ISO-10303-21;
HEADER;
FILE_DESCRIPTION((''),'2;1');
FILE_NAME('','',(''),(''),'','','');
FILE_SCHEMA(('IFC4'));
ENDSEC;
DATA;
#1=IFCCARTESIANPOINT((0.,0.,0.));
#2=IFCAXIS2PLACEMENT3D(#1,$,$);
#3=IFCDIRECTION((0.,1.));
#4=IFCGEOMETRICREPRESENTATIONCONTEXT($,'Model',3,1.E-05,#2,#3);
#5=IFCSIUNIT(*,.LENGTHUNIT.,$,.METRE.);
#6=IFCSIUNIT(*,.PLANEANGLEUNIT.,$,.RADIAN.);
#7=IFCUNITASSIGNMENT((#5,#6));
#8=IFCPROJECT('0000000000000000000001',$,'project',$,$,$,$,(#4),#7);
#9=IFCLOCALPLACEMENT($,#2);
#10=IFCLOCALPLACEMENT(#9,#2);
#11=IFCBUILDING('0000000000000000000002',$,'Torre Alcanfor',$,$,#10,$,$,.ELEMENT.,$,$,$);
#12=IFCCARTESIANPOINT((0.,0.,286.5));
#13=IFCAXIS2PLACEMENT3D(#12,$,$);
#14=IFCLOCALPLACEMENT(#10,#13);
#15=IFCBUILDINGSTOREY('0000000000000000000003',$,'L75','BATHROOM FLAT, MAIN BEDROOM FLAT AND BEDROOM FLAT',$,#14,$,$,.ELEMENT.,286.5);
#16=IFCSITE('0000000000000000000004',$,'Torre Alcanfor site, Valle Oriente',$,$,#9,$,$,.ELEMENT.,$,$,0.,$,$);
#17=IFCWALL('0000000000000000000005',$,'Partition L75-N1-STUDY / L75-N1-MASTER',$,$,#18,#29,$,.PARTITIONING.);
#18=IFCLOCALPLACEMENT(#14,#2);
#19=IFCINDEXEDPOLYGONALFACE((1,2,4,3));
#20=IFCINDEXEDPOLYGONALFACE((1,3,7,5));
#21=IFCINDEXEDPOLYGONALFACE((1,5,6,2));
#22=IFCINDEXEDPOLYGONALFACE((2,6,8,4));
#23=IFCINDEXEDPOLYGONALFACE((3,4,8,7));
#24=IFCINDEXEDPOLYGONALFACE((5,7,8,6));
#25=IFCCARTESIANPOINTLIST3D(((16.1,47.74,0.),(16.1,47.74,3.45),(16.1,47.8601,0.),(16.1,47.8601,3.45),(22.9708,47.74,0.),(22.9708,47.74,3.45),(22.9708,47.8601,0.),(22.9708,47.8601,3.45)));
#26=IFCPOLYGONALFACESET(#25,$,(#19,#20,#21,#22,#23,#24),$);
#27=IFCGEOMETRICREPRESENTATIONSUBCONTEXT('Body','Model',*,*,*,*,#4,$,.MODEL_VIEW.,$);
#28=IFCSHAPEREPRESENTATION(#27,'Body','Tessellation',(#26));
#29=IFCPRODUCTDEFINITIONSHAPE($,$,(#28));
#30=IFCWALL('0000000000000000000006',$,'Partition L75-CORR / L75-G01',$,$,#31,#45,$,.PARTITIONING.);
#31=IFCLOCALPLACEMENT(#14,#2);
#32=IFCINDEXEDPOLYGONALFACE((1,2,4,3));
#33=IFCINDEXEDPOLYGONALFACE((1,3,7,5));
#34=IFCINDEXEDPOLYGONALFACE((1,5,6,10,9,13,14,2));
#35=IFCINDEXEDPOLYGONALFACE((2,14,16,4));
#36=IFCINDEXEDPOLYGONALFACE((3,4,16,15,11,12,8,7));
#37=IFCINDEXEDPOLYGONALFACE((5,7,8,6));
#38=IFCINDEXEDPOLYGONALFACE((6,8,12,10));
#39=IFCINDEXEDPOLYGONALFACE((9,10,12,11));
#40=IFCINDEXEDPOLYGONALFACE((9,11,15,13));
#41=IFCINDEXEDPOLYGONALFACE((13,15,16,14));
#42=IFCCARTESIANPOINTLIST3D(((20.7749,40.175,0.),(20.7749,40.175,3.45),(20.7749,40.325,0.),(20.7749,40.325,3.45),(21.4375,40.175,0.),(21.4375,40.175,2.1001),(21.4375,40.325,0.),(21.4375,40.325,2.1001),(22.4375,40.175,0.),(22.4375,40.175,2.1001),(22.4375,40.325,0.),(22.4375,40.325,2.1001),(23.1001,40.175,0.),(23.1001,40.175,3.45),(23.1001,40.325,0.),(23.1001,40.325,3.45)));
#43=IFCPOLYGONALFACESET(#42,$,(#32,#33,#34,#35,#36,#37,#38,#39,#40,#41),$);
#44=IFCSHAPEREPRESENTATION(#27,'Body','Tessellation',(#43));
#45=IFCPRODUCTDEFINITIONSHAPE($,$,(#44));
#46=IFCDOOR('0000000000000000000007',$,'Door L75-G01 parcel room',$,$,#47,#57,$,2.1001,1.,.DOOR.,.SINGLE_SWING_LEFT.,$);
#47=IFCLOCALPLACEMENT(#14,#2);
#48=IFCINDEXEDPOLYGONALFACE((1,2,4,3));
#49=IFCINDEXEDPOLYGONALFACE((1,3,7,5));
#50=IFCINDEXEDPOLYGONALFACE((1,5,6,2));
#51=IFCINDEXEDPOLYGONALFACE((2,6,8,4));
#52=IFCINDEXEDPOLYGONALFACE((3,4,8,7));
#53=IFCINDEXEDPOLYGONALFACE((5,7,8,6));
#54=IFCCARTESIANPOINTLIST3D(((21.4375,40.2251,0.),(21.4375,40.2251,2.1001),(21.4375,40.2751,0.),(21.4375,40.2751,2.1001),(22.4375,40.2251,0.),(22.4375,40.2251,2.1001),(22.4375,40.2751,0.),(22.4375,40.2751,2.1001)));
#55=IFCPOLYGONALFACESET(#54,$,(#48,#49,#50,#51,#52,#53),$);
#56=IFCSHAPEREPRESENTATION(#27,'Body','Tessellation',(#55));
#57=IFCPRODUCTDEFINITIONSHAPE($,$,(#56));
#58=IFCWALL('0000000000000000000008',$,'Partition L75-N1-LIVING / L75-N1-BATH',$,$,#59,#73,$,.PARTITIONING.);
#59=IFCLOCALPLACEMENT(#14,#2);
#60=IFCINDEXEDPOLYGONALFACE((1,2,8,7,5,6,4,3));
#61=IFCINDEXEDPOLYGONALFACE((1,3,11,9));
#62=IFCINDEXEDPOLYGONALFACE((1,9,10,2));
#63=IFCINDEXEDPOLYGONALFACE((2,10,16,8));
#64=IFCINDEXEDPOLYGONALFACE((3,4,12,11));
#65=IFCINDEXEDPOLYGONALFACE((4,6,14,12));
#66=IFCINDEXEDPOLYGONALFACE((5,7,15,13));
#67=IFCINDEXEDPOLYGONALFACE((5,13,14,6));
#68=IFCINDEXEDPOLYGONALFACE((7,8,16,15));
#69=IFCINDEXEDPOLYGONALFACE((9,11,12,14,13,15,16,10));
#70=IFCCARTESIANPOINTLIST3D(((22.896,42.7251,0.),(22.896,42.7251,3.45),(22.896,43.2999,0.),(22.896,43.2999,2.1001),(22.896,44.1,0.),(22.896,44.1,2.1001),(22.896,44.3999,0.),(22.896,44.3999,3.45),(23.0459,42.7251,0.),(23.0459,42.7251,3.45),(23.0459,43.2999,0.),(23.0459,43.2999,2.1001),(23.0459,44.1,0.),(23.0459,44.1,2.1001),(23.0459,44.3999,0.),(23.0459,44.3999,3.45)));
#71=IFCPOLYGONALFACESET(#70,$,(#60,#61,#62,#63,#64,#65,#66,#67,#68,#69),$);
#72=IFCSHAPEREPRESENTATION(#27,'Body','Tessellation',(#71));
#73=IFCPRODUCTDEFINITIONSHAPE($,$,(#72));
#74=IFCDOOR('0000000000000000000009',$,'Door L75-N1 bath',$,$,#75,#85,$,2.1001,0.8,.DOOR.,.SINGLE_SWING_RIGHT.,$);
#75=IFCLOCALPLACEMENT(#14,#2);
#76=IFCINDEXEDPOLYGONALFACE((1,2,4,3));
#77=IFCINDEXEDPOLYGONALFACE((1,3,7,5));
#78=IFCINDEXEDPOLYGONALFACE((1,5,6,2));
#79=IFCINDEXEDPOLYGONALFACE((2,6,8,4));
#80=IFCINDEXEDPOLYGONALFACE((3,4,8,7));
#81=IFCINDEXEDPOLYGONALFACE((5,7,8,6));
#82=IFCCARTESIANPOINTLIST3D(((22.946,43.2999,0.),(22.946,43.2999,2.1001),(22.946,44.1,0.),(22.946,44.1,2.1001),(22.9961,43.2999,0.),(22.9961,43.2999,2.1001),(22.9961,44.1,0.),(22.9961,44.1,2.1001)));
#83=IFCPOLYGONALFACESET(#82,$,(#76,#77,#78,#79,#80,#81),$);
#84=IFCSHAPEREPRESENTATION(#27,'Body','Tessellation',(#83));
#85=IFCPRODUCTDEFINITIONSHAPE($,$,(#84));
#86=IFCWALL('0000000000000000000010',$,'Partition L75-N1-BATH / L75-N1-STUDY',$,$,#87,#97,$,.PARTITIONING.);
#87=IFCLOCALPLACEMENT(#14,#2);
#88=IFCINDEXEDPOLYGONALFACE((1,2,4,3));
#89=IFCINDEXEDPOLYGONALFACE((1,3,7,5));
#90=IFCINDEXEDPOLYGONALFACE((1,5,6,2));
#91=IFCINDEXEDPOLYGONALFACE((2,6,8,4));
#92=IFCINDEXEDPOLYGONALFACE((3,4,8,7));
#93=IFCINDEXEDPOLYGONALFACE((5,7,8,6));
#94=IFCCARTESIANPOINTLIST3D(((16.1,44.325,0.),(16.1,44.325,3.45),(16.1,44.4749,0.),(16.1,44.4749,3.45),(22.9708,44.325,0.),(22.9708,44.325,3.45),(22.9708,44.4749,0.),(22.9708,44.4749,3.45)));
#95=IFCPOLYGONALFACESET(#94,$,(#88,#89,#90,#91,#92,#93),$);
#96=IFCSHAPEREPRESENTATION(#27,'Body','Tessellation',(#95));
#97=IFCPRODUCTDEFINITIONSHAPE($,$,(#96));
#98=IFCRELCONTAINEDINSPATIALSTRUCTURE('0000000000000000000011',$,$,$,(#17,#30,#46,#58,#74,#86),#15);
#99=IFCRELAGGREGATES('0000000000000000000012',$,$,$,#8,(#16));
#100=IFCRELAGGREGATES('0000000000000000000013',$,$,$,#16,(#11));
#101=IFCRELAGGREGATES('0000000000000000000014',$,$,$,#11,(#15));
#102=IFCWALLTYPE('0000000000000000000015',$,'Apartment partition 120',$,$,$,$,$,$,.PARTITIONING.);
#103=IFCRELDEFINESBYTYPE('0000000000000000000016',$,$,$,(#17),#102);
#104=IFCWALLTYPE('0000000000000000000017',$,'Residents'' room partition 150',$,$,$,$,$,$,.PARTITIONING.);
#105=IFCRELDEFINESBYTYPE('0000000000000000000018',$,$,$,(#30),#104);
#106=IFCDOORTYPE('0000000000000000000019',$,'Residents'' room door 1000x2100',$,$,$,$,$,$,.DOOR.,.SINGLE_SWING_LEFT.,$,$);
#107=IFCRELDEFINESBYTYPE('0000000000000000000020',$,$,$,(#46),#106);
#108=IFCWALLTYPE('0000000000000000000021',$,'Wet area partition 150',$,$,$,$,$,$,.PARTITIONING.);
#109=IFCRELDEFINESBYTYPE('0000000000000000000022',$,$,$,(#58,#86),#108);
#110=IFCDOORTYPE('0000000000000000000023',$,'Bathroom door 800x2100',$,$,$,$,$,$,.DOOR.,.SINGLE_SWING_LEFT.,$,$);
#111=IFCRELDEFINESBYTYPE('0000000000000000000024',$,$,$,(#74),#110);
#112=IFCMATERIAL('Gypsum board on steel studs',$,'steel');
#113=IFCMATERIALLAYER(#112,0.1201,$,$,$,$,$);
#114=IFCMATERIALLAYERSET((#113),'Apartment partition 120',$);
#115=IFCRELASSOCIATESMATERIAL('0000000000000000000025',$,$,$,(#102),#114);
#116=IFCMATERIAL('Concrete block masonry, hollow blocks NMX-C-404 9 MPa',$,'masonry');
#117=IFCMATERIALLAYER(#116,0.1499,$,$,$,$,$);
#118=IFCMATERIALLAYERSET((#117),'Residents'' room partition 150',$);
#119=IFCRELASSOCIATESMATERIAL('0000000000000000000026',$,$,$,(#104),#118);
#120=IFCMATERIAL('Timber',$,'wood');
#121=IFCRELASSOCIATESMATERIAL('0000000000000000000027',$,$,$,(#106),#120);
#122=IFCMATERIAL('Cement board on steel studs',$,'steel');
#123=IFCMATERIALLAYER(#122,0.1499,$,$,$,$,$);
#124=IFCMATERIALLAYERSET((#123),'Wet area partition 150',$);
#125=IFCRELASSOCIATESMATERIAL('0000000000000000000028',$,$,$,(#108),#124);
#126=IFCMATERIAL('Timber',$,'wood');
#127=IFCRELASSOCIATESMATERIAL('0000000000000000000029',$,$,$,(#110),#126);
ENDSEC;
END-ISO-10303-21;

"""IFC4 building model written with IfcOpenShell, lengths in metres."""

from ifc_helpers import new_model, si_unit, direction, frame, frame_2d, origin, place, context, subcontext, project, spatial, rectangle, extrude, material, layer, layer_set, type_object, element, fill, save


model = new_model("IFC4")

# Units and contexts
model_context = context("Model", 3, precision=1e-05, world=origin(), true_north=direction((0.0, 1.0)))
body_context = subcontext(model_context, "Body", "Model", "MODEL_VIEW")
ifc_project = project(units=[si_unit("LENGTHUNIT", "METRE"), si_unit("PLANEANGLEUNIT", "RADIAN")], contexts=[model_context])

# Site, building, storey
site_placement = place(None, origin())
site = spatial("IfcSite", under=ifc_project, at=site_placement, Name="Torre Alcanfor site, Valle Oriente", CompositionType="ELEMENT", RefElevation=0.0)
building_placement = place(site_placement, origin())
building = spatial("IfcBuilding", under=site, at=building_placement, Name="Torre Alcanfor", CompositionType="ELEMENT")
storey_placement = place(building_placement, frame((0.0, 0.0, 286.5)))
storey = spatial("IfcBuildingStorey", under=building, at=storey_placement, Name="L75", Description="BATHROOM FLAT, MAIN BEDROOM FLAT AND BEDROOM FLAT", CompositionType="ELEMENT", Elevation=286.5)

# Shared definitions
ifc_material_1 = material(Name="Gypsum board on steel studs", Category="steel")
ifc_layer_1 = layer(ifc_material_1, 0.1201)
ifc_layer_set_1 = layer_set([ifc_layer_1], Name="Apartment partition 120")
wall_type_1 = type_object("IfcWallType", Name="Apartment partition 120", PredefinedType="PARTITIONING", material=ifc_layer_set_1)

# Wall
wall_1_placement = place(storey_placement, frame((22.9709, 47.8, 0.0), z_axis=(0.0, 0.0, 1.0), x_axis=(-1.0, 0.0, 0.0)))
element("IfcWall", 1, at=wall_1_placement, inside=storey, type_object=wall_type_1, Name="Partition L75-N1-STUDY / L75-N1-MASTER", PredefinedType="PARTITIONING", context=body_context, shape_type="SweptSolid", body=[
    extrude(rectangle(XDim=6.8708, YDim=0.1201, at=frame_2d((3.4355, 0.0))), origin(), (0.0, 0.0, 1.0), 3.45),
])

# Walls, openings, doors
ifc_material_2 = material(Name="Concrete block masonry, hollow blocks NMX-C-404 9 MPa", Category="masonry")
ifc_layer_2 = layer(ifc_material_2, 0.1499)
ifc_layer_set_2 = layer_set([ifc_layer_2], Name="Residents' room partition 150")
wall_type_2 = type_object("IfcWallType", Name="Residents' room partition 150", PredefinedType="PARTITIONING", material=ifc_layer_set_2)
wall_2_placement = place(storey_placement, frame((23.1001, 40.25, 0.0), z_axis=(0.0, 0.0, 1.0), x_axis=(-1.0, 0.0, 0.0)))
wall_2 = element("IfcWall", 2, at=wall_2_placement, inside=storey, type_object=wall_type_2, Name="Partition L75-CORR / L75-G01", PredefinedType="PARTITIONING", context=body_context, shape_type="SweptSolid", body=[
    extrude(rectangle(XDim=2.3252, YDim=0.1499, at=frame_2d((1.1626, 0.0))), origin(), (0.0, 0.0, 1.0), 3.45),
])
opening_1_placement = place(wall_2_placement, frame((0.6626, 0.0, 0.0)))
opening_1 = element("IfcOpeningElement", 3, at=opening_1_placement, cuts=wall_2, PredefinedType="OPENING", context=body_context, shape_type="SweptSolid", body=[
    extrude(rectangle(XDim=1.0, YDim=2.1001, at=frame_2d((0.5, 1.05))), frame((0.0, 0.085, 0.0), z_axis=(0.0, -1.0, 0.0), x_axis=(1.0, 0.0, 0.0)), (0.0, 0.0, 1.0), 0.1699),
])
ifc_material_3 = material(Name="Timber", Category="wood")
door_type_1 = type_object("IfcDoorType", Name="Residents' room door 1000x2100", OperationType="SINGLE_SWING_LEFT", PredefinedType="DOOR", material=ifc_material_3)
door_1_placement = place(opening_1_placement, origin())
door_1 = element("IfcDoor", 4, at=door_1_placement, inside=storey, type_object=door_type_1, Name="Door L75-G01 parcel room", OperationType="SINGLE_SWING_LEFT", OverallHeight=2.1001, OverallWidth=1.0, PredefinedType="DOOR", context=body_context, shape_type="SweptSolid", body=[
    extrude(rectangle(XDim=1.0, YDim=2.1001, at=frame_2d((0.5, 1.05))), frame((0.0, 0.0249, 0.0), z_axis=(0.0, -1.0, 0.0), x_axis=(1.0, 0.0, 0.0)), (0.0, 0.0, 1.0), 0.05),
])
fill(opening_1, door_1)
ifc_material_4 = material(Name="Cement board on steel studs", Category="steel")
ifc_layer_3 = layer(ifc_material_4, 0.1499)
ifc_layer_set_3 = layer_set([ifc_layer_3], Name="Wet area partition 150")
wall_type_3 = type_object("IfcWallType", Name="Wet area partition 150", PredefinedType="PARTITIONING", material=ifc_layer_set_3)
wall_3_placement = place(storey_placement, frame((22.9709, 42.7251, 0.0), z_axis=(0.0, 0.0, 1.0), x_axis=(0.0, 1.0, 0.0)))
wall_3 = element("IfcWall", 5, at=wall_3_placement, inside=storey, type_object=wall_type_3, Name="Partition L75-N1-LIVING / L75-N1-BATH", PredefinedType="PARTITIONING", context=body_context, shape_type="SweptSolid", body=[
    extrude(rectangle(XDim=1.6748, YDim=0.1499, at=frame_2d((0.8374, 0.0))), origin(), (0.0, 0.0, 1.0), 3.45),
])
opening_2_placement = place(wall_3_placement, frame((0.575, 0.0, 0.0)))
opening_2 = element("IfcOpeningElement", 6, at=opening_2_placement, cuts=wall_3, PredefinedType="OPENING", context=body_context, shape_type="SweptSolid", body=[
    extrude(rectangle(XDim=0.8, YDim=2.1001, at=frame_2d((0.3999, 1.05))), frame((0.0, 0.085, 0.0), z_axis=(0.0, -1.0, 0.0), x_axis=(1.0, 0.0, 0.0)), (0.0, 0.0, 1.0), 0.1699),
])
ifc_material_5 = material(Name="Timber", Category="wood")
door_type_2 = type_object("IfcDoorType", Name="Bathroom door 800x2100", OperationType="SINGLE_SWING_LEFT", PredefinedType="DOOR", material=ifc_material_5)
door_2_placement = place(opening_2_placement, origin())
door_2 = element("IfcDoor", 7, at=door_2_placement, inside=storey, type_object=door_type_2, Name="Door L75-N1 bath", OperationType="SINGLE_SWING_RIGHT", OverallHeight=2.1001, OverallWidth=0.8, PredefinedType="DOOR", context=body_context, shape_type="SweptSolid", body=[
    extrude(rectangle(XDim=0.8, YDim=2.1001, at=frame_2d((0.3999, 1.05))), frame((0.0, 0.0249, 0.0), z_axis=(0.0, -1.0, 0.0), x_axis=(1.0, 0.0, 0.0)), (0.0, 0.0, 1.0), 0.05),
])
fill(opening_2, door_2)

# Wall
wall_4_placement = place(storey_placement, frame((22.9709, 44.3999, 0.0), z_axis=(0.0, 0.0, 1.0), x_axis=(-1.0, 0.0, 0.0)))
element("IfcWall", 8, at=wall_4_placement, inside=storey, type_object=wall_type_3, Name="Partition L75-N1-BATH / L75-N1-STUDY", PredefinedType="PARTITIONING", context=body_context, shape_type="SweptSolid", body=[
    extrude(rectangle(XDim=6.8708, YDim=0.1499, at=frame_2d((3.4355, 0.0))), origin(), (0.0, 0.0, 1.0), 3.45),
])

save(model, "model.ifc")
